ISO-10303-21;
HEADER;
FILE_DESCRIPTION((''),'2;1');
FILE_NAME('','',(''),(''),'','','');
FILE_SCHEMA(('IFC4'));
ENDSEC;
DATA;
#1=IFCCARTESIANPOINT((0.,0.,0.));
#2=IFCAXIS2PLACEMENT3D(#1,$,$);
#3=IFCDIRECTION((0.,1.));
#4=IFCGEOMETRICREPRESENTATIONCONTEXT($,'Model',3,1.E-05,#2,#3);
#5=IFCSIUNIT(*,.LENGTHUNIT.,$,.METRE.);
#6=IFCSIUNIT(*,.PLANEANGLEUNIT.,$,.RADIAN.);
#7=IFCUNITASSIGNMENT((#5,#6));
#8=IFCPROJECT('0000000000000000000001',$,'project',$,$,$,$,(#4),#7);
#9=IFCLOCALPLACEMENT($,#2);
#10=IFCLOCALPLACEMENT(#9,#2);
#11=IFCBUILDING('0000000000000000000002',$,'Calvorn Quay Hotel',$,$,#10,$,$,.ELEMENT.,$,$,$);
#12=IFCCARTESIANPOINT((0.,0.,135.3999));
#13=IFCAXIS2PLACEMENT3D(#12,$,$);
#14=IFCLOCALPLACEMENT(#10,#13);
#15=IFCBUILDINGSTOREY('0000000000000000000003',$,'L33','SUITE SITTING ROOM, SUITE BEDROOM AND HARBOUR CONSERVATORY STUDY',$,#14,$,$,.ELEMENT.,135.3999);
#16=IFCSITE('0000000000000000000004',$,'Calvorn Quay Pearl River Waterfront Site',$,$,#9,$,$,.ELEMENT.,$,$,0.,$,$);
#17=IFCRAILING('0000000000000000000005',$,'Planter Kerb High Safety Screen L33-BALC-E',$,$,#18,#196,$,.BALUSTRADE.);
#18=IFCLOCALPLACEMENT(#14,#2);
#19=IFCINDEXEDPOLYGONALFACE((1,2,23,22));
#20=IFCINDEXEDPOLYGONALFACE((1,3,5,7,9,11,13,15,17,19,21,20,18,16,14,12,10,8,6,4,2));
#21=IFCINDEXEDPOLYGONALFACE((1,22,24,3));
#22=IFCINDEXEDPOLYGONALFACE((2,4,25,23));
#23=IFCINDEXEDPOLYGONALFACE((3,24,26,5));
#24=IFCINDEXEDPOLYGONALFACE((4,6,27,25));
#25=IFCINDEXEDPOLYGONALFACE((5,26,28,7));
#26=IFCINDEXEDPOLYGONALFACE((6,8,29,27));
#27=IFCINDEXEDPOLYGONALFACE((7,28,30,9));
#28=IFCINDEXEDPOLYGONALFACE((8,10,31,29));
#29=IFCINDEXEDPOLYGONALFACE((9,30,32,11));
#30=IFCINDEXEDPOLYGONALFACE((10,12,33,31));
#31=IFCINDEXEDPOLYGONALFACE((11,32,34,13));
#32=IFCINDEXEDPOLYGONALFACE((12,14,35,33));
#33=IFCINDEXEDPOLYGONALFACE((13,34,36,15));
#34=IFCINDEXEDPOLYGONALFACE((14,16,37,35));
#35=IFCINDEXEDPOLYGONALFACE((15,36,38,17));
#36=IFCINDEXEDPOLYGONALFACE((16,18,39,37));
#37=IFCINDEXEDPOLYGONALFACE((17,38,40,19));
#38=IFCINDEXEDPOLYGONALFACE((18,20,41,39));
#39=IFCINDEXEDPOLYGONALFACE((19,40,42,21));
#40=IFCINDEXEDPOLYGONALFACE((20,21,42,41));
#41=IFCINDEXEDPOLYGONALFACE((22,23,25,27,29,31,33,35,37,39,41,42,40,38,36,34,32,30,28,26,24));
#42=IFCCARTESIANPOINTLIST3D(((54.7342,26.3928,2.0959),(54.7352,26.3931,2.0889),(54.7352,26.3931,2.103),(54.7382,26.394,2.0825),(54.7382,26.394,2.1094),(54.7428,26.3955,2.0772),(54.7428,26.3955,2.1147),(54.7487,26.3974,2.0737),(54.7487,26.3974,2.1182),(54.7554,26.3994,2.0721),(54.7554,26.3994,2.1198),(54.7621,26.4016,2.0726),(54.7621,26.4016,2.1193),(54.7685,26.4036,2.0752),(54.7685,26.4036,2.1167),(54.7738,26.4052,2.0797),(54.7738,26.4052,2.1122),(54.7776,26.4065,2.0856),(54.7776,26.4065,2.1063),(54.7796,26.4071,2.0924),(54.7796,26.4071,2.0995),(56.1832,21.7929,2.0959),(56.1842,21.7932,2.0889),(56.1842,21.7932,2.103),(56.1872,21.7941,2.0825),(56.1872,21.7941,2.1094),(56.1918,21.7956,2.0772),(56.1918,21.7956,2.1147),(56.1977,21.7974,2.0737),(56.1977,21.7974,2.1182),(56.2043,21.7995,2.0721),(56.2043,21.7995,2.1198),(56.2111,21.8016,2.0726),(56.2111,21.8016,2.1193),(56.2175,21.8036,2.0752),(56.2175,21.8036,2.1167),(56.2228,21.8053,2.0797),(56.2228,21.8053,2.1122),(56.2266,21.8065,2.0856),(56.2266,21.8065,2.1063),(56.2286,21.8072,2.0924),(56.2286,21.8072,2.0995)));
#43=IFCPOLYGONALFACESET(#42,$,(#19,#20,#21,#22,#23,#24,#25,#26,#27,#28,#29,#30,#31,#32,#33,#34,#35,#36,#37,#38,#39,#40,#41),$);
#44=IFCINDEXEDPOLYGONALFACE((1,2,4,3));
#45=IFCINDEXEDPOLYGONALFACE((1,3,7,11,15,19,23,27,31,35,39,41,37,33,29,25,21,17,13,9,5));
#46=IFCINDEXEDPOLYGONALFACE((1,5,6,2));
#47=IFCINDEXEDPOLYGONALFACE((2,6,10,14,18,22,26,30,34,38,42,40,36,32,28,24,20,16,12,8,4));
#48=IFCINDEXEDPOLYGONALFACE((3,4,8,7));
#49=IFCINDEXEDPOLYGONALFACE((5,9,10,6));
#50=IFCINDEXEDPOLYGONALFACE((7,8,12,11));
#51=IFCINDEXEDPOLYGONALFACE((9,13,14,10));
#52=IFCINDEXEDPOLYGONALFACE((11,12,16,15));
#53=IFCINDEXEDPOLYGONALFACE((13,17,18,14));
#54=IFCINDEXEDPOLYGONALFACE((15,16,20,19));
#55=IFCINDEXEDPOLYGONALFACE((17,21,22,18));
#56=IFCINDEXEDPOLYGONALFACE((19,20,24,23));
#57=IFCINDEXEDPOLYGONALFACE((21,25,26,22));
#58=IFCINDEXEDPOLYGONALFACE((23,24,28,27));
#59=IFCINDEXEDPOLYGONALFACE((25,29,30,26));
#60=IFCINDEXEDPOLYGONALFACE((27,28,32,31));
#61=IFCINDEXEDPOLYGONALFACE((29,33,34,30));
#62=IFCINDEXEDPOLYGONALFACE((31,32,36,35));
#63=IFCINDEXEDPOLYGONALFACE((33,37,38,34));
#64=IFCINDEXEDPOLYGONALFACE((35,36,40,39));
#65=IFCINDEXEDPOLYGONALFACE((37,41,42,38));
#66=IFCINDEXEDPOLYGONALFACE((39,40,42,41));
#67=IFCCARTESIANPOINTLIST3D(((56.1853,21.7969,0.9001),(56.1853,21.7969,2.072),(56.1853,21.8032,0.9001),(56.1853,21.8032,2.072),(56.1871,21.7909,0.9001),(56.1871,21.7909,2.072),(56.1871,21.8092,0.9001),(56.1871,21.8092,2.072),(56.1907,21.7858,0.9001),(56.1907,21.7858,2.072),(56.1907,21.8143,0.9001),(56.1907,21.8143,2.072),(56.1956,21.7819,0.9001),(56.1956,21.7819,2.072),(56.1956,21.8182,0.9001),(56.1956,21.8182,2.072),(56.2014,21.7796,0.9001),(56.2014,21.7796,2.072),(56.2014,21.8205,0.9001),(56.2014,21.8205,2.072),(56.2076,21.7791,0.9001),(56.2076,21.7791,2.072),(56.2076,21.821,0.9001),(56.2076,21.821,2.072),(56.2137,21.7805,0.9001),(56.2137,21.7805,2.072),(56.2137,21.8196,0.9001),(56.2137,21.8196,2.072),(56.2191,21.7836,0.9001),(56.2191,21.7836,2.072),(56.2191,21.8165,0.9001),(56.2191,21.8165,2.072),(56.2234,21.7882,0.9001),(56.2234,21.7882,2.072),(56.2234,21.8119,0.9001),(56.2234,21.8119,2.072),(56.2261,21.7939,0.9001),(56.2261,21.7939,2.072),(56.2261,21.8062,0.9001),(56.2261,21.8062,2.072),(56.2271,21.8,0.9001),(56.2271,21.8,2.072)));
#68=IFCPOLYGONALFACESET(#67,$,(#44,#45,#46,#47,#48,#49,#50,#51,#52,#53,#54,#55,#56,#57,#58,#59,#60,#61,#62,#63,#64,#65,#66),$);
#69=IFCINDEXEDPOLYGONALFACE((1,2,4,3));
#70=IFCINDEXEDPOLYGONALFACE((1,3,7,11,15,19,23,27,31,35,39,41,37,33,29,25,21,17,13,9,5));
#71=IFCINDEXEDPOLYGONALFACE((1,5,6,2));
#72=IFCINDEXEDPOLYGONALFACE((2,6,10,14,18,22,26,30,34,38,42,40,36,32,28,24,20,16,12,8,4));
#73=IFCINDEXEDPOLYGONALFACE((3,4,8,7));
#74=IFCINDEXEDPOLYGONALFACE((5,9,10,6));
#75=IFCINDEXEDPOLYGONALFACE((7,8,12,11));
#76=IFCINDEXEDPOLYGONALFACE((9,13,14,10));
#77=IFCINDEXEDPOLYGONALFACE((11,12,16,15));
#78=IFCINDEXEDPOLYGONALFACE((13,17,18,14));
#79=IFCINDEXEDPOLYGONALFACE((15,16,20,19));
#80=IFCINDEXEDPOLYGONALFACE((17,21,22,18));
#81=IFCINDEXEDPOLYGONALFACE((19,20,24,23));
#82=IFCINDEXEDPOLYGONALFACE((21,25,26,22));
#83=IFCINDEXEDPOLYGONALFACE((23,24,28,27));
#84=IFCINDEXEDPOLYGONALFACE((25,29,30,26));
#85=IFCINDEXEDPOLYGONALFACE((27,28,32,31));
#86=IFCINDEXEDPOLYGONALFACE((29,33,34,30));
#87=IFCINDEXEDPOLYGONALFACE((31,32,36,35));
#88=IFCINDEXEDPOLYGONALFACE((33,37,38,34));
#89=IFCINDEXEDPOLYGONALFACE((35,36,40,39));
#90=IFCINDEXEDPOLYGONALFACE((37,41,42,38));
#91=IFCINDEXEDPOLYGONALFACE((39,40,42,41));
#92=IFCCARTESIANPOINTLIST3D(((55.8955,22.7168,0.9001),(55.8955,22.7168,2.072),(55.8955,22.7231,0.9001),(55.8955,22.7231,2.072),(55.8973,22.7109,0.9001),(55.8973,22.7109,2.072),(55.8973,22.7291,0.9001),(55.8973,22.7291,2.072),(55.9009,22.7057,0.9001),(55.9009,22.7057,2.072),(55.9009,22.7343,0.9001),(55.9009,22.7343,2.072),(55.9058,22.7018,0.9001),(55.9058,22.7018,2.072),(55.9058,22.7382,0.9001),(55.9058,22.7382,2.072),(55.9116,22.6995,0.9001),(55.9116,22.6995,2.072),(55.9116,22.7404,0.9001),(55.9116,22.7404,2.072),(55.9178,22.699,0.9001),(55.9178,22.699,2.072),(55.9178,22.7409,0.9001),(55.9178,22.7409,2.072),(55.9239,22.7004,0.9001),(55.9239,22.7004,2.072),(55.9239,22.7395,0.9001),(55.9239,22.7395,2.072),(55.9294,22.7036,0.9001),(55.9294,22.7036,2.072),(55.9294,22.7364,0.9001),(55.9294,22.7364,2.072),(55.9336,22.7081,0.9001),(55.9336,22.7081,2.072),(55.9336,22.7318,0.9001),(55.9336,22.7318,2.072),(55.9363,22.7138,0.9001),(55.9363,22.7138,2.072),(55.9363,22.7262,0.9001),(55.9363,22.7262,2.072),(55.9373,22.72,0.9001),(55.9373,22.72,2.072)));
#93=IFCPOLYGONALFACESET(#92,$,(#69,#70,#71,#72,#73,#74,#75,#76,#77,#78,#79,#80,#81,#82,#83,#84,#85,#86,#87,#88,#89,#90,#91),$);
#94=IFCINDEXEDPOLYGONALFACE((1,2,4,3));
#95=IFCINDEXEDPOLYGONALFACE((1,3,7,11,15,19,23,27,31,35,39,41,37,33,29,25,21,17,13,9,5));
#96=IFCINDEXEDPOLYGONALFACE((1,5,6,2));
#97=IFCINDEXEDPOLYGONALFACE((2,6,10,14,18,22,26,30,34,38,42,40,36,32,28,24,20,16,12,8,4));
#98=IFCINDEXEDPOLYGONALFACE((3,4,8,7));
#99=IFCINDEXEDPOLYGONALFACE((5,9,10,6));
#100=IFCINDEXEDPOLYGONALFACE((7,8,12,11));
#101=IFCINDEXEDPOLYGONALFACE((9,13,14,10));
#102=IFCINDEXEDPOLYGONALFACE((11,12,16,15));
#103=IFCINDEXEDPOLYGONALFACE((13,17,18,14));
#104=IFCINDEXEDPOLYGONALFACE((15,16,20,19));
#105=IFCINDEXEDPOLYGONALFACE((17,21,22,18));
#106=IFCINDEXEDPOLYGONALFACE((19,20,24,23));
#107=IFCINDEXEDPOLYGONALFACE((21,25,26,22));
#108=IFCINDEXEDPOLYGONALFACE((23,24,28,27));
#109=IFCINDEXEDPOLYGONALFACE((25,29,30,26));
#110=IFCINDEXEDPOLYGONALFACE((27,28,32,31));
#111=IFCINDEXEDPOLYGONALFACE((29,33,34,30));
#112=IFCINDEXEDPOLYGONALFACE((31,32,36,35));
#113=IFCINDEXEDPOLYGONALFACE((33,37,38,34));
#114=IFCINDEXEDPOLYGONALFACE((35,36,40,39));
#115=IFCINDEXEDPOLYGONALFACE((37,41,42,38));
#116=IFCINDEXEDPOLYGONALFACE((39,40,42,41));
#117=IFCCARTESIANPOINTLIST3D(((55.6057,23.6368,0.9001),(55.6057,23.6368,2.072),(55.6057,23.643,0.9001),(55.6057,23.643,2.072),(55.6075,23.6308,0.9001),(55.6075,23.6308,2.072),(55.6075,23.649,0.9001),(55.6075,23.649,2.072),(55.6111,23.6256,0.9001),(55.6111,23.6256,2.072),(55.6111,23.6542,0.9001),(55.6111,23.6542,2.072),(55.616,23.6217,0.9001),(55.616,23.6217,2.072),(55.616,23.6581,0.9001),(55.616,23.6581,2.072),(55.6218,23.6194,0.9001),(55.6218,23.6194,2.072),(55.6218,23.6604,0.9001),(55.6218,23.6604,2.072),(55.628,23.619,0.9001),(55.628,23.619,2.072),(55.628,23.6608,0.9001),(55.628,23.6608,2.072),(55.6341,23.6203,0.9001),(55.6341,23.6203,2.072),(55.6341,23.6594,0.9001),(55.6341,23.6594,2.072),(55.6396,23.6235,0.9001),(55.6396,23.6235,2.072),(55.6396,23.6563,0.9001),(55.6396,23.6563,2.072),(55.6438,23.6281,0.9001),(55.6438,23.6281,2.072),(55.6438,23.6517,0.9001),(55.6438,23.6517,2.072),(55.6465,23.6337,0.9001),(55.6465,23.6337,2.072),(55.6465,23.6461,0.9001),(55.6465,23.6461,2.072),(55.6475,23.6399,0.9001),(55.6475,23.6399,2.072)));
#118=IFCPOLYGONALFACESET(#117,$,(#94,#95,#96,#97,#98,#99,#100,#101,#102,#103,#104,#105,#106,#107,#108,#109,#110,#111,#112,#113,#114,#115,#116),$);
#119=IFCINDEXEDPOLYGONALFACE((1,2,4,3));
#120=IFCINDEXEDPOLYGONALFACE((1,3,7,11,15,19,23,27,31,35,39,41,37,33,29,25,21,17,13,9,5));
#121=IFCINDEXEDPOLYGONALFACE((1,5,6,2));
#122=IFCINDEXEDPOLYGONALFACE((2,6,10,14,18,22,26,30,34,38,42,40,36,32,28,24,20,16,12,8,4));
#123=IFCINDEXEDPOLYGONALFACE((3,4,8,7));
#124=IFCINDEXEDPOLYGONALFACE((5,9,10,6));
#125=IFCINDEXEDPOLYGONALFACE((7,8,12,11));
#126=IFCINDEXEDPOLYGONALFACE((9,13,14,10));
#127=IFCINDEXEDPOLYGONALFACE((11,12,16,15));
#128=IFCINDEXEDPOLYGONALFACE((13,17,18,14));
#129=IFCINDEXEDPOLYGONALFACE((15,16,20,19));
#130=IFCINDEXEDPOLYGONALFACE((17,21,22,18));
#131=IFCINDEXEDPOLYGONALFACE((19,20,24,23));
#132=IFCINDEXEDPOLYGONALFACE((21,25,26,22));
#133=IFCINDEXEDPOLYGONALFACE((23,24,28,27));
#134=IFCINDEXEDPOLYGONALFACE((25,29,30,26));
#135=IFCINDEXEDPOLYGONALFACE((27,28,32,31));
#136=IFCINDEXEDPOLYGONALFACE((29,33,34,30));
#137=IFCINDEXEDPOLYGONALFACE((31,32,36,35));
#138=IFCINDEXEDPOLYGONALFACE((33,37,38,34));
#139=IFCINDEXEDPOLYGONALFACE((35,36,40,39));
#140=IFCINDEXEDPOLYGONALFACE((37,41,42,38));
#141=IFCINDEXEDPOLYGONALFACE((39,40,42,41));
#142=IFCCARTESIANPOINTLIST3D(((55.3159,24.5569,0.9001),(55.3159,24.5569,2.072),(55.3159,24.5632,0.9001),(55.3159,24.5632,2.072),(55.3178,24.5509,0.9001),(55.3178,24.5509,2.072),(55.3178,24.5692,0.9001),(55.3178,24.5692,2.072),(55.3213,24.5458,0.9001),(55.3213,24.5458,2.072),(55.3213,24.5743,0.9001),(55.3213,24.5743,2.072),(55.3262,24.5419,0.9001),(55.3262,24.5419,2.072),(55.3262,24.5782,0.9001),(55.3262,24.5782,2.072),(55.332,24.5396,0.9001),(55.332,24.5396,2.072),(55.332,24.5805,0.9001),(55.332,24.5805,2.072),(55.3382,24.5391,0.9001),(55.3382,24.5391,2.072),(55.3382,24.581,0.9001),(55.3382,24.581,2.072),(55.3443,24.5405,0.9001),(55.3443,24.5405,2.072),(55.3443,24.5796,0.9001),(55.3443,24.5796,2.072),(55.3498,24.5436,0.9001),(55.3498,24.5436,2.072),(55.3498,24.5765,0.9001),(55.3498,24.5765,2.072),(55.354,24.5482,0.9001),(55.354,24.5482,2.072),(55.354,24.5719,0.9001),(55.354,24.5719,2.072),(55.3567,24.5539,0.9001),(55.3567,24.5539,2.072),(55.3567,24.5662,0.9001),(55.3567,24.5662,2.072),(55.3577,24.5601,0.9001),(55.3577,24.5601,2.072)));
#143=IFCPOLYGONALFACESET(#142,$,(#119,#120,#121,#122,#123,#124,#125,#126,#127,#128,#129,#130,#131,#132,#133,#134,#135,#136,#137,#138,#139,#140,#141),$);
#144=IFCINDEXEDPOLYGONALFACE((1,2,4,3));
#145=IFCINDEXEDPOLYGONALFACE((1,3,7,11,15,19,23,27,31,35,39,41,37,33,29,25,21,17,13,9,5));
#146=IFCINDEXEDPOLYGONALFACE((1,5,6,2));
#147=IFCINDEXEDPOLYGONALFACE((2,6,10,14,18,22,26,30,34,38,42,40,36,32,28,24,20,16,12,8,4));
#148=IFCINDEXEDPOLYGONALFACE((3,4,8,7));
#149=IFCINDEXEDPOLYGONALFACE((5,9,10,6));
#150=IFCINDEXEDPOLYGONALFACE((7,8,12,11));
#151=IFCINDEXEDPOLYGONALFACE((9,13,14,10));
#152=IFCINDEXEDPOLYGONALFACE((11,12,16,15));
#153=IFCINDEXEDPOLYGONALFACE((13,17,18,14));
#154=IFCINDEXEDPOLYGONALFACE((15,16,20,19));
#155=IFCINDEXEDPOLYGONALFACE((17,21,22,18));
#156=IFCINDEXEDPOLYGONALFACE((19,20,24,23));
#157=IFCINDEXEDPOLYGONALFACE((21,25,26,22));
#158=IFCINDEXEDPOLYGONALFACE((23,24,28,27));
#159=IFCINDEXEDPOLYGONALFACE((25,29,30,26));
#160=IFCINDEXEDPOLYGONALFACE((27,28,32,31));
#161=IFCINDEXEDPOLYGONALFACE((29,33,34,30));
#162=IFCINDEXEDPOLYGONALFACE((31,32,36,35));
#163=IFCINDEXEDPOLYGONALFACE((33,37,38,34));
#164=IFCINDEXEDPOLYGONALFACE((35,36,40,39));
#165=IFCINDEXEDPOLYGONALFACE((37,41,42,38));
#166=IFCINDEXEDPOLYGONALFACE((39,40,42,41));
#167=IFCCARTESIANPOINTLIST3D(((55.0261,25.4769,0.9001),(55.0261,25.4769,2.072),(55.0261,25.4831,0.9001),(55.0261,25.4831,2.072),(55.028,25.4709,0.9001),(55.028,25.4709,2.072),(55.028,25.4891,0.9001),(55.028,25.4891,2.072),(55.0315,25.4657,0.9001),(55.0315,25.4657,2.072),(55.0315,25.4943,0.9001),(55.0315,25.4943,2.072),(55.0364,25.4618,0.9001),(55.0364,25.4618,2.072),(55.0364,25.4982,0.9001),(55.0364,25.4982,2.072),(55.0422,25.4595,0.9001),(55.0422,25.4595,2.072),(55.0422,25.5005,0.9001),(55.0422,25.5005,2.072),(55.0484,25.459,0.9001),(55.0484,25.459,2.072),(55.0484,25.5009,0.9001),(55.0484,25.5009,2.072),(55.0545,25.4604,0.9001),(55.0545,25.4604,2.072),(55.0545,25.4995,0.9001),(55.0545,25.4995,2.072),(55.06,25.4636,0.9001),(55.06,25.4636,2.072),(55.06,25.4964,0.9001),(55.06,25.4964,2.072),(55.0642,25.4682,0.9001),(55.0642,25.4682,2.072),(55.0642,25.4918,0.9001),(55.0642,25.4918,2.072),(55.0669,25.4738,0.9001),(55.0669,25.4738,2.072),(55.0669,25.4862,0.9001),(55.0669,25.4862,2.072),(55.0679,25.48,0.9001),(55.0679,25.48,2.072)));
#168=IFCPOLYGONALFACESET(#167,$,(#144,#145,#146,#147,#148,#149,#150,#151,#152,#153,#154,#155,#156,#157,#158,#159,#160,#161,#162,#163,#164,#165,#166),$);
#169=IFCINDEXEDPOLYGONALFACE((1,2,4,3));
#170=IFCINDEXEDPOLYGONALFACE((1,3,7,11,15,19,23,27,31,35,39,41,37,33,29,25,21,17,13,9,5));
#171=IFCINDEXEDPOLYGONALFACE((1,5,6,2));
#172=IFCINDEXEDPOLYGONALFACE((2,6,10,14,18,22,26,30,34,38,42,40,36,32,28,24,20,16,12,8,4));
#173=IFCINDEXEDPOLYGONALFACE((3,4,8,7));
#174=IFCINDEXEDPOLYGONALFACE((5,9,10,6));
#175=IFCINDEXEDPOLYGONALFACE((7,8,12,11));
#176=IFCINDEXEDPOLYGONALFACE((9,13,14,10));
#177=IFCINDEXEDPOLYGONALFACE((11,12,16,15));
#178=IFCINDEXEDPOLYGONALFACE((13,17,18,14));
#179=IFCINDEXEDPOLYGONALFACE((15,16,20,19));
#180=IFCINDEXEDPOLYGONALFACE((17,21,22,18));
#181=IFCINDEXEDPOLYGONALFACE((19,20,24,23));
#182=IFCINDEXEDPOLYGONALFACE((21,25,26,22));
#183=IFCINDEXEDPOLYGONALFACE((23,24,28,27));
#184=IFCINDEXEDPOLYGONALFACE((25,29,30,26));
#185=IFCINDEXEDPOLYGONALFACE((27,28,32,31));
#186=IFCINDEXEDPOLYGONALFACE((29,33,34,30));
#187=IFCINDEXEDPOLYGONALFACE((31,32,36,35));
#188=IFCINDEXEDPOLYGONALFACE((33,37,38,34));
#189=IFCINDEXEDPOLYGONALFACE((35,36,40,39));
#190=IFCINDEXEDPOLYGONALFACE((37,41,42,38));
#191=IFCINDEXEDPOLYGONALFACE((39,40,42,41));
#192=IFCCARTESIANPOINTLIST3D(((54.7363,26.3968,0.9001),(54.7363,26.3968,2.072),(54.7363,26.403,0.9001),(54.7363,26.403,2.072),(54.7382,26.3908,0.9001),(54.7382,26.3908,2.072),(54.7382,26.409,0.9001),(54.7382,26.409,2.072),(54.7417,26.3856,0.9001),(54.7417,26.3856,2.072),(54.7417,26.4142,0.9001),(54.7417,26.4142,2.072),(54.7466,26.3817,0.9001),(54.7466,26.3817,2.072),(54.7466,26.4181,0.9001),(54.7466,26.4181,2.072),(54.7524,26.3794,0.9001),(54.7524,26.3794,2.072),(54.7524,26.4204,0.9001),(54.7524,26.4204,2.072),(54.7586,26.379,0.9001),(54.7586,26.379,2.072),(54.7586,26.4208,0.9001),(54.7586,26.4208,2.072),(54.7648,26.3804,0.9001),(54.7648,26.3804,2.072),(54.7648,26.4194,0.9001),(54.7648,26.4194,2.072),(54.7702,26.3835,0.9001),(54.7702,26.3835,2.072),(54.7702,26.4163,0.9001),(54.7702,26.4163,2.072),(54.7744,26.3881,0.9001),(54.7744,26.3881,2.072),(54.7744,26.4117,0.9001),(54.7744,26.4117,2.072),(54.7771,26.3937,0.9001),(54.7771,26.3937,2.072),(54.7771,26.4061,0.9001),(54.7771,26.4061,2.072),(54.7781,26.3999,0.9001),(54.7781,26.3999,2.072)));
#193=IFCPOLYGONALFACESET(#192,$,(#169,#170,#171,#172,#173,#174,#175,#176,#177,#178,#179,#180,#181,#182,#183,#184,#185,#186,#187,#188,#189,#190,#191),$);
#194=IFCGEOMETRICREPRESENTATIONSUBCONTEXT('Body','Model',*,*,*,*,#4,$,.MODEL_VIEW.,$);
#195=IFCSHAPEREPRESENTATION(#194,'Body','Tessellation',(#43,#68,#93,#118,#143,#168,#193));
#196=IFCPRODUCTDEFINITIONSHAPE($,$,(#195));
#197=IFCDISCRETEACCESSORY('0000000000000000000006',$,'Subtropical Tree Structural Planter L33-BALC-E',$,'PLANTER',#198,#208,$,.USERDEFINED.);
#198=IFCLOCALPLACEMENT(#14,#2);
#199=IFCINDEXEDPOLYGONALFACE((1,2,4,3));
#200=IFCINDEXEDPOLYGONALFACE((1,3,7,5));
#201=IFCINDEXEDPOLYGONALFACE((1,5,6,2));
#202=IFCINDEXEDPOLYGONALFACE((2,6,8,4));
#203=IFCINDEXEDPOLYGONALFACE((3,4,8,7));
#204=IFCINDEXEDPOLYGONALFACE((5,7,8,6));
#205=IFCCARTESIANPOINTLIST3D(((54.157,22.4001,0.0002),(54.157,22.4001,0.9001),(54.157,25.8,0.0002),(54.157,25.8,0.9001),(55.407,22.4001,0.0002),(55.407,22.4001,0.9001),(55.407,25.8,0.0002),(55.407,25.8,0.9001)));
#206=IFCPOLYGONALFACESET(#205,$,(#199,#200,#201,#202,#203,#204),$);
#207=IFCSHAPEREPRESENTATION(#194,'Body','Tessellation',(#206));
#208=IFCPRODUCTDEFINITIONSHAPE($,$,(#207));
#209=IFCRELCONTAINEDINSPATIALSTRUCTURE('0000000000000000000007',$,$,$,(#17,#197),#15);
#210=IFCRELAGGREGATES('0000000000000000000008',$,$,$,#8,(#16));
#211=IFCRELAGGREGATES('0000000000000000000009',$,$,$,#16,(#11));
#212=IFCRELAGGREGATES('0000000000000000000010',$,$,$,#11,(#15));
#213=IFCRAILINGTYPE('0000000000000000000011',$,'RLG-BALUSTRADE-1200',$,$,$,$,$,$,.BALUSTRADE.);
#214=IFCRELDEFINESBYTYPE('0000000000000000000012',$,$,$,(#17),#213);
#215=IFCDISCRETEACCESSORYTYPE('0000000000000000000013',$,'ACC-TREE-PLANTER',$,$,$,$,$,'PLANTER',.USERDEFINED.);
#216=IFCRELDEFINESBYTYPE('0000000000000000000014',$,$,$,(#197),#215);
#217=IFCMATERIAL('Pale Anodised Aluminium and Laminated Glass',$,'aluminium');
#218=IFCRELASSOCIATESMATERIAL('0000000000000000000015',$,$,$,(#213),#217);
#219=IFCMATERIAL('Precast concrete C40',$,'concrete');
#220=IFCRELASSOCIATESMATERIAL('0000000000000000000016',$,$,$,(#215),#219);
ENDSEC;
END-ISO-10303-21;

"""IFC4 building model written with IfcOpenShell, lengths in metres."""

from ifc_helpers import new_model, si_unit, direction, frame, origin, origin_2d, place, context, subcontext, project, spatial, rectangle, circle, extrude, material, type_object, element, save


model = new_model("IFC4")

# Units and contexts
model_context = context("Model", 3, precision=1e-05, world=origin(), true_north=direction((0.0, 1.0)))
body_context = subcontext(model_context, "Body", "Model", "MODEL_VIEW")
ifc_project = project(units=[si_unit("LENGTHUNIT", "METRE"), si_unit("PLANEANGLEUNIT", "RADIAN")], contexts=[model_context])

# Site, building, storey
site_placement = place(None, origin())
site = spatial("IfcSite", under=ifc_project, at=site_placement, Name="Calvorn Quay Pearl River Waterfront Site", CompositionType="ELEMENT", RefElevation=0.0)
building_placement = place(site_placement, origin())
building = spatial("IfcBuilding", under=site, at=building_placement, Name="Calvorn Quay Hotel", CompositionType="ELEMENT")
storey_placement = place(building_placement, frame((0.0, 0.0, 135.3999)))
storey = spatial("IfcBuildingStorey", under=building, at=storey_placement, Name="L33", Description="SUITE SITTING ROOM, SUITE BEDROOM AND HARBOUR CONSERVATORY STUDY", CompositionType="ELEMENT", Elevation=135.3999)

# Railing
ifc_material_1 = material(Name="Pale Anodised Aluminium and Laminated Glass", Category="aluminium")
railing_type = type_object("IfcRailingType", Name="RLG-BALUSTRADE-1200", PredefinedType="BALUSTRADE", material=ifc_material_1)
railing_1_placement = place(storey_placement, frame((56.2061, 21.8, 0.9001)))
element("IfcRailing", 1, at=railing_1_placement, inside=storey, type_object=railing_type, Name="Planter Kerb High Safety Screen L33-BALC-E", PredefinedType="BALUSTRADE", context=body_context, shape_type="SweptSolid", body=[
    extrude(circle(Radius=0.0239, at=origin_2d()), frame((0.0, 0.0, 1.1958), z_axis=(-0.30045, 0.953797, 0.0), x_axis=(-0.953797, -0.30045, 0.0)), (0.0, 0.0, 1.0), 4.8228),
    extrude(circle(Radius=0.021, at=origin_2d()), origin(), (0.0, 0.0, 1.0), 1.1719),
    extrude(circle(Radius=0.021, at=origin_2d()), frame((-0.2898, 0.9199, 0.0)), (0.0, 0.0, 1.0), 1.1719),
    extrude(circle(Radius=0.021, at=origin_2d()), frame((-0.5796, 1.8398, 0.0)), (0.0, 0.0, 1.0), 1.1719),
    extrude(circle(Radius=0.021, at=origin_2d()), frame((-0.8694, 2.76, 0.0)), (0.0, 0.0, 1.0), 1.1719),
    extrude(circle(Radius=0.021, at=origin_2d()), frame((-1.1592, 3.6799, 0.0)), (0.0, 0.0, 1.0), 1.1719),
    extrude(circle(Radius=0.021, at=origin_2d()), frame((-1.449, 4.5999, 0.0)), (0.0, 0.0, 1.0), 1.1719),
])

# Discrete accessory
ifc_material_2 = material(Name="Precast concrete C40", Category="concrete")
discrete_accessory_type = type_object("IfcDiscreteAccessoryType", Name="ACC-TREE-PLANTER", ElementType="PLANTER", PredefinedType="USERDEFINED", material=ifc_material_2)
discrete_accessory_placement = place(storey_placement, frame((54.782, 24.1001, 0.0002), z_axis=(0.0, 0.0, 1.0), x_axis=(1.0, 0.0, 0.0)))
element("IfcDiscreteAccessory", 2, at=discrete_accessory_placement, inside=storey, type_object=discrete_accessory_type, Name="Subtropical Tree Structural Planter L33-BALC-E", ObjectType="PLANTER", PredefinedType="USERDEFINED", context=body_context, shape_type="SweptSolid", body=[
    extrude(rectangle(XDim=1.25, YDim=3.3999, at=origin_2d()), origin(), (0.0, 0.0, 1.0), 0.8999),
])

save(model, "model.ifc")
